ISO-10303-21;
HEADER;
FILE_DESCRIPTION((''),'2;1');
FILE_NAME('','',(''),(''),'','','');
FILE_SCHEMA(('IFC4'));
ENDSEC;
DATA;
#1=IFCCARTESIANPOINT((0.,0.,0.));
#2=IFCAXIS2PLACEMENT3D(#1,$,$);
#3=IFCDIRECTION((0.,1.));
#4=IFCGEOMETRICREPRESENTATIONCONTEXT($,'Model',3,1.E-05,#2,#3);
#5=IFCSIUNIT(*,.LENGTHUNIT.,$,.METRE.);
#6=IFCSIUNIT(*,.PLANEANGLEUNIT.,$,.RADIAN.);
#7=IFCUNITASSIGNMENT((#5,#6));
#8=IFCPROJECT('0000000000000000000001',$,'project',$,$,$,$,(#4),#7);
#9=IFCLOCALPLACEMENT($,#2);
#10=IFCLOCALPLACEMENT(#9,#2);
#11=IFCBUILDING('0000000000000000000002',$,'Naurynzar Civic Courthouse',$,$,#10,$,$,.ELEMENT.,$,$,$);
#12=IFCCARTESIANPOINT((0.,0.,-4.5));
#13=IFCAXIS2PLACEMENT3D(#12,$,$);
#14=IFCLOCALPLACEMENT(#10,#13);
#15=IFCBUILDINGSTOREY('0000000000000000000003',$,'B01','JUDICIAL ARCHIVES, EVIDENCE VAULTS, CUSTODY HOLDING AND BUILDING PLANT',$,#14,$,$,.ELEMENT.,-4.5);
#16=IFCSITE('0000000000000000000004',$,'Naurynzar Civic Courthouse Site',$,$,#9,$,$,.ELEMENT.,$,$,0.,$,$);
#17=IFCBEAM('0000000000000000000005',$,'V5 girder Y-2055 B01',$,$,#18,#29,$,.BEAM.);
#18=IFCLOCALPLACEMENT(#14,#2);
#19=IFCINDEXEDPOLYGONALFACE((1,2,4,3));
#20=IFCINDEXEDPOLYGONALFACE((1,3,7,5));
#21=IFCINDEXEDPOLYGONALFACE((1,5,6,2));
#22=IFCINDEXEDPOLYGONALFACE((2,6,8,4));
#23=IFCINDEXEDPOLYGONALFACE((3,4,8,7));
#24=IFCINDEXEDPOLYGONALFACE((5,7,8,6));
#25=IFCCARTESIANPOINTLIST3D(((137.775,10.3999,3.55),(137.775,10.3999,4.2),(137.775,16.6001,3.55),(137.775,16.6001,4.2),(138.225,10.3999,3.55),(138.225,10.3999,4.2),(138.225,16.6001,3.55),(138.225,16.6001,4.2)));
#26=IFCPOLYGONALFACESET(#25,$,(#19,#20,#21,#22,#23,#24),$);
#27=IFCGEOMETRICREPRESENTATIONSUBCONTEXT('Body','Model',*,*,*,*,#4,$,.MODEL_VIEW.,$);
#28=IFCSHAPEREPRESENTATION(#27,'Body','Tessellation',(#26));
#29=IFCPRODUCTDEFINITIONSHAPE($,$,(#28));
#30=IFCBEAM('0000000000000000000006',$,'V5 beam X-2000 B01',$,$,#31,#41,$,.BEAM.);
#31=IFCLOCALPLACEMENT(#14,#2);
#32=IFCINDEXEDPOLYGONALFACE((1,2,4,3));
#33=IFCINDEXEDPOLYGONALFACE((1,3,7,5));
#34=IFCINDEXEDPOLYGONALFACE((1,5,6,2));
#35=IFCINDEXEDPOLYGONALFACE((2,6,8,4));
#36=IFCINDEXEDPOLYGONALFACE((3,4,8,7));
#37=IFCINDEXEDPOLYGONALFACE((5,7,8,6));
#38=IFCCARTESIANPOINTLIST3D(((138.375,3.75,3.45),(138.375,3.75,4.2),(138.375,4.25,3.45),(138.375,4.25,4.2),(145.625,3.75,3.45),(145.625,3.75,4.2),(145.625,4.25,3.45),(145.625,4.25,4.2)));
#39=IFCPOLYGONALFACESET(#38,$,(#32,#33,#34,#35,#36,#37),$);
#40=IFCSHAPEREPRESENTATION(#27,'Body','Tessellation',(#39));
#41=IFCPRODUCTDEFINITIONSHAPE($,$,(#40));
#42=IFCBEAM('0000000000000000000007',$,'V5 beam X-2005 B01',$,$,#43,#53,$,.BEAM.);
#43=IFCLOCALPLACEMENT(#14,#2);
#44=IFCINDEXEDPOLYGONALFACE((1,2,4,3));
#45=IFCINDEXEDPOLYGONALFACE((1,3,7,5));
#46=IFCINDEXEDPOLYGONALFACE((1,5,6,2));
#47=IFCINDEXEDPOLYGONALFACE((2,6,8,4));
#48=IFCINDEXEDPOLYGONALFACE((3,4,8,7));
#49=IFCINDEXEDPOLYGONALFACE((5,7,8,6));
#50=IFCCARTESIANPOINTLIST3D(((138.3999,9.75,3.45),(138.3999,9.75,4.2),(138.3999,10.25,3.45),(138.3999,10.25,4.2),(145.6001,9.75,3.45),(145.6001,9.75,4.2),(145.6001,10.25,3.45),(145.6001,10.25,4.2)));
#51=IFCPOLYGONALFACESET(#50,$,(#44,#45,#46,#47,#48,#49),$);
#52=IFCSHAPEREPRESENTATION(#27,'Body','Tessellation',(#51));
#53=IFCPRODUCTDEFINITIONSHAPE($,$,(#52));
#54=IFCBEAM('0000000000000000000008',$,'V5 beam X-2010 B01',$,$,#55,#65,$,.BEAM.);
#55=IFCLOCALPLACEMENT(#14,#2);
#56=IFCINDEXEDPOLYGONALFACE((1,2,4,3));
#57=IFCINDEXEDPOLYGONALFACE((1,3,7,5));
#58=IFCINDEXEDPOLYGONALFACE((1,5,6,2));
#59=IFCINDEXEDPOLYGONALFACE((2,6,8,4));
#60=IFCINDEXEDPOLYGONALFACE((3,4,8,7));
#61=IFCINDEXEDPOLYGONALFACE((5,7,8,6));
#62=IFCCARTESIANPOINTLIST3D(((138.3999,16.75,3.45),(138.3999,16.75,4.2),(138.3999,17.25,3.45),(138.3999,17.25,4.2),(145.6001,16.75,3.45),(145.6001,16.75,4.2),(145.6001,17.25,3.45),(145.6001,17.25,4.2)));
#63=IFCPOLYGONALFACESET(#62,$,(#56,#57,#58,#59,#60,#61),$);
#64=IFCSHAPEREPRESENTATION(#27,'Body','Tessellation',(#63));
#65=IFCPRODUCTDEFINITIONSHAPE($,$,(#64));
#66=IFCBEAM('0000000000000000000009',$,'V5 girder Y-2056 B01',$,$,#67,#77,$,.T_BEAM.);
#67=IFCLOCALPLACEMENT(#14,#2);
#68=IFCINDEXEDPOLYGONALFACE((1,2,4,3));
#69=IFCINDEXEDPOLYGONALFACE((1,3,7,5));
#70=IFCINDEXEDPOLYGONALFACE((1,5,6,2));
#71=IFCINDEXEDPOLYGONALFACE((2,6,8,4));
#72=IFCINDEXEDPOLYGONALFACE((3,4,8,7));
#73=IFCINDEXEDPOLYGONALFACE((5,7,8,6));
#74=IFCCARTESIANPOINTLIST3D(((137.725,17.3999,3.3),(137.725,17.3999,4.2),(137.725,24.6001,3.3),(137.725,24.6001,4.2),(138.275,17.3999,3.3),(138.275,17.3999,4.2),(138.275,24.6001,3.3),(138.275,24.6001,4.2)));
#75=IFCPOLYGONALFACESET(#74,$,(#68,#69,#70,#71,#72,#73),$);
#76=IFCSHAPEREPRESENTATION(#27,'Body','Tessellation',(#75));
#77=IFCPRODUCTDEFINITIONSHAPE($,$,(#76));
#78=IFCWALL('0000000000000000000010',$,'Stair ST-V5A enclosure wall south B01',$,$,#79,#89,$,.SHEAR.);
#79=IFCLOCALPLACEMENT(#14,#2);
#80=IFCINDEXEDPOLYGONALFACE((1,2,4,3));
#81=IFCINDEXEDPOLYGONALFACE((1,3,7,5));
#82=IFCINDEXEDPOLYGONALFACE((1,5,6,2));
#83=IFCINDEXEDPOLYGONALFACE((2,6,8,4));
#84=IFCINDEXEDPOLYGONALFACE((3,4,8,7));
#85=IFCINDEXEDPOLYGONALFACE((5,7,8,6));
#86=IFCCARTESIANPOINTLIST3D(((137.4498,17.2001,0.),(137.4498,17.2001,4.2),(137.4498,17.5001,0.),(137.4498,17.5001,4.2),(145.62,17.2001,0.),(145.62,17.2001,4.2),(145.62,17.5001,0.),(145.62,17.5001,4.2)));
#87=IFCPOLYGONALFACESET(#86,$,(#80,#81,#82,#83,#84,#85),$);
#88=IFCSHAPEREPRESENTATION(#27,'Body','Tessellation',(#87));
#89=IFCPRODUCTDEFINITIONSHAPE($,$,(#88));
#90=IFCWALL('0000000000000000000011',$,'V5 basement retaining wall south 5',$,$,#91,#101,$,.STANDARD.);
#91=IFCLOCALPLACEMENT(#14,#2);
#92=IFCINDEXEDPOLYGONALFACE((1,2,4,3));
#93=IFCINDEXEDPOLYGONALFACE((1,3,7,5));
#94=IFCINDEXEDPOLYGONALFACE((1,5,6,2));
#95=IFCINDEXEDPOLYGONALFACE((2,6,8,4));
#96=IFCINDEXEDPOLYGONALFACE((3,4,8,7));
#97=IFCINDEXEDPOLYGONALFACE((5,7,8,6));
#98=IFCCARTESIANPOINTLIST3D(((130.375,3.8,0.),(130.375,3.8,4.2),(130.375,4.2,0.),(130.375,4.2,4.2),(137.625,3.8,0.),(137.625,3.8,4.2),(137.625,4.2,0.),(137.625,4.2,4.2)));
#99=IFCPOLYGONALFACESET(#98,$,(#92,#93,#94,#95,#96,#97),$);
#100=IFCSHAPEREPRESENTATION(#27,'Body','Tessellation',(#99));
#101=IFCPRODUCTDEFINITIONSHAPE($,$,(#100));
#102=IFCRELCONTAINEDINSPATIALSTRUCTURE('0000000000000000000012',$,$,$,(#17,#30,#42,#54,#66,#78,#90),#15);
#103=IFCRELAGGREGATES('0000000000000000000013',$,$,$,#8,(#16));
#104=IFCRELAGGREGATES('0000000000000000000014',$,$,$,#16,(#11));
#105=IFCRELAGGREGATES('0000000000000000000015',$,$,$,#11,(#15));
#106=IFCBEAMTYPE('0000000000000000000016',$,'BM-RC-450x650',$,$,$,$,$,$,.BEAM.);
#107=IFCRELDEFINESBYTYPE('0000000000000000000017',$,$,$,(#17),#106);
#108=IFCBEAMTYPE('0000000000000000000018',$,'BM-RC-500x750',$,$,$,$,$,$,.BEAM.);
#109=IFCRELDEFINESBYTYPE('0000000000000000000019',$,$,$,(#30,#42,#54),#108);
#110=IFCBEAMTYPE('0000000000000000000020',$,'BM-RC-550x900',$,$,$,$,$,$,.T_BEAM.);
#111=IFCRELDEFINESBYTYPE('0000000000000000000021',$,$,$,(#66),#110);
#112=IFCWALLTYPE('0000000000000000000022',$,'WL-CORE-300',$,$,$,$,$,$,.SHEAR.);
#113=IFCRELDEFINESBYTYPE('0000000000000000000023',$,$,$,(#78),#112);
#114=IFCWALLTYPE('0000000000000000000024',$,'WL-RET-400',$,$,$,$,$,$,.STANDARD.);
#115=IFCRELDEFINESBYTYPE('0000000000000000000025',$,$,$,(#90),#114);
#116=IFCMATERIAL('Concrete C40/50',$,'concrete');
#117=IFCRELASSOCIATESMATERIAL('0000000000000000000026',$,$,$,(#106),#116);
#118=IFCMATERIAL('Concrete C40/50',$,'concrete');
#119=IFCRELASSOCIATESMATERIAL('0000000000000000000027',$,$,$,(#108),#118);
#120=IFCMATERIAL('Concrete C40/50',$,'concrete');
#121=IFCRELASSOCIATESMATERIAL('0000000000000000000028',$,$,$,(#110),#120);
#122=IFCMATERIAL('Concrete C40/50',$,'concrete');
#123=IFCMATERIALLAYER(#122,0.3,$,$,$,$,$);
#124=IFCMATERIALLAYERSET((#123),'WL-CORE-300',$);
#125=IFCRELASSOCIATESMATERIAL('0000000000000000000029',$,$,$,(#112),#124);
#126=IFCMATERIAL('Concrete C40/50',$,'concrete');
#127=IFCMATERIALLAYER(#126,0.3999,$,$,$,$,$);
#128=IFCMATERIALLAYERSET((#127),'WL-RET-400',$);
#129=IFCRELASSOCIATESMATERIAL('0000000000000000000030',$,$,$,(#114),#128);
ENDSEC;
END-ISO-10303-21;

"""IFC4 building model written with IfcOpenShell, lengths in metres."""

from ifc_helpers import new_model, si_unit, direction, frame, frame_2d, origin, origin_2d, place, context, subcontext, project, spatial, rectangle, extrude, material, layer, layer_set, material_profile, profile_set, type_object, element, save


model = new_model("IFC4")

# Units and contexts
model_context = context("Model", 3, precision=1e-05, world=origin(), true_north=direction((0.0, 1.0)))
body_context = subcontext(model_context, "Body", "Model", "MODEL_VIEW")
ifc_project = project(units=[si_unit("LENGTHUNIT", "METRE"), si_unit("PLANEANGLEUNIT", "RADIAN")], contexts=[model_context])

# Site, building, storey
site_placement = place(None, origin())
site = spatial("IfcSite", under=ifc_project, at=site_placement, Name="Naurynzar Civic Courthouse Site", CompositionType="ELEMENT", RefElevation=0.0)
building_placement = place(site_placement, origin())
building = spatial("IfcBuilding", under=site, at=building_placement, Name="Naurynzar Civic Courthouse", CompositionType="ELEMENT")
storey_placement = place(building_placement, frame((0.0, 0.0, -4.5)))
storey = spatial("IfcBuildingStorey", under=building, at=storey_placement, Name="B01", Description="JUDICIAL ARCHIVES, EVIDENCE VAULTS, CUSTODY HOLDING AND BUILDING PLANT", CompositionType="ELEMENT", Elevation=-4.5)

# Beams
ifc_material_1 = material(Name="Concrete C40/50", Category="concrete")
ifc_material_profile_1 = material_profile(ifc_material_1, rectangle(XDim=0.45, YDim=0.6499, at=origin_2d()), Name="RCB 450x650")
ifc_profile_set_1 = profile_set([ifc_material_profile_1], Name="Concrete C40/50")
beam_type_1 = type_object("IfcBeamType", Name="BM-RC-450x650", PredefinedType="BEAM", material=ifc_profile_set_1)
beam_1_placement = place(storey_placement, frame((138.0, 10.3999, 3.875), z_axis=(0.0, 1.0, 0.0), x_axis=(-1.0, 0.0, 0.0)))
element("IfcBeam", 1, at=beam_1_placement, inside=storey, type_object=beam_type_1, Name="V5 girder Y-2055 B01", PredefinedType="BEAM", context=body_context, shape_type="SweptSolid", body=[
    extrude(rectangle(XDim=0.45, YDim=0.6499, at=origin_2d()), origin(), (0.0, 0.0, 1.0), 6.2002),
])
ifc_material_2 = material(Name="Concrete C40/50", Category="concrete")
ifc_material_profile_2 = material_profile(ifc_material_2, rectangle(XDim=0.5, YDim=0.75, at=origin_2d()), Name="RCB 500x750")
ifc_profile_set_2 = profile_set([ifc_material_profile_2], Name="Concrete C40/50")
beam_type_2 = type_object("IfcBeamType", Name="BM-RC-500x750", PredefinedType="BEAM", material=ifc_profile_set_2)
beam_2_placement = place(storey_placement, frame((138.375, 4.0, 3.825), z_axis=(1.0, 0.0, 0.0), x_axis=(0.0, 1.0, 0.0)))
element("IfcBeam", 2, at=beam_2_placement, inside=storey, type_object=beam_type_2, Name="V5 beam X-2000 B01", PredefinedType="BEAM", context=body_context, shape_type="SweptSolid", body=[
    extrude(rectangle(XDim=0.5, YDim=0.75, at=origin_2d()), origin(), (0.0, 0.0, 1.0), 7.25),
])
for number, where, z_axis, x_axis, name in (
    (3, (138.3999, 10.0, 3.825), (1.0, 0.0, 0.0), (0.0, 1.0, 0.0), "V5 beam X-2005 B01"),
    (4, (138.3999, 17.0, 3.825), (1.0, 0.0, 0.0), (0.0, 1.0, 0.0), "V5 beam X-2010 B01"),
):
    element("IfcBeam", number, at=place(storey_placement, frame(where, z_axis=z_axis, x_axis=x_axis)), inside=storey, type_object=beam_type_2, Name=name, PredefinedType="BEAM", context=body_context, shape_type="SweptSolid", body=[
        extrude(rectangle(XDim=0.5, YDim=0.75, at=origin_2d()), origin(), (0.0, 0.0, 1.0), 7.2002),
    ])
ifc_material_3 = material(Name="Concrete C40/50", Category="concrete")
ifc_material_profile_3 = material_profile(ifc_material_3, rectangle(XDim=0.55, YDim=0.8999, at=origin_2d()), Name="RCB 550x900")
ifc_profile_set_3 = profile_set([ifc_material_profile_3], Name="Concrete C40/50")
beam_type_3 = type_object("IfcBeamType", Name="BM-RC-550x900", PredefinedType="T_BEAM", material=ifc_profile_set_3)
beam_3_placement = place(storey_placement, frame((138.0, 17.3999, 3.75), z_axis=(0.0, 1.0, 0.0), x_axis=(-1.0, 0.0, 0.0)))
element("IfcBeam", 5, at=beam_3_placement, inside=storey, type_object=beam_type_3, Name="V5 girder Y-2056 B01", PredefinedType="T_BEAM", context=body_context, shape_type="SweptSolid", body=[
    extrude(rectangle(XDim=0.55, YDim=0.8999, at=origin_2d()), origin(), (0.0, 0.0, 1.0), 7.2002),
])

# Walls
ifc_material_4 = material(Name="Concrete C40/50", Category="concrete")
ifc_layer_1 = layer(ifc_material_4, 0.3)
ifc_layer_set_1 = layer_set([ifc_layer_1], Name="WL-CORE-300")
wall_type_1 = type_object("IfcWallType", Name="WL-CORE-300", PredefinedType="SHEAR", material=ifc_layer_set_1)
wall_1_placement = place(storey_placement, frame((137.45, 17.3501, 0.0), z_axis=(0.0, 0.0, 1.0), x_axis=(1.0, 0.0, 0.0)))
element("IfcWall", 6, at=wall_1_placement, inside=storey, type_object=wall_type_1, Name="Stair ST-V5A enclosure wall south B01", PredefinedType="SHEAR", context=body_context, shape_type="SweptSolid", body=[
    extrude(rectangle(XDim=8.1702, YDim=0.3, at=frame_2d((4.085, 0.0))), origin(), (0.0, 0.0, 1.0), 4.2),
])
ifc_material_5 = material(Name="Concrete C40/50", Category="concrete")
ifc_layer_2 = layer(ifc_material_5, 0.3999)
ifc_layer_set_2 = layer_set([ifc_layer_2], Name="WL-RET-400")
wall_type_2 = type_object("IfcWallType", Name="WL-RET-400", PredefinedType="STANDARD", material=ifc_layer_set_2)
wall_2_placement = place(storey_placement, frame((137.625, 4.0, 0.0), z_axis=(0.0, 0.0, 1.0), x_axis=(-1.0, 0.0, 0.0)))
element("IfcWall", 7, at=wall_2_placement, inside=storey, type_object=wall_type_2, Name="V5 basement retaining wall south 5", PredefinedType="STANDARD", context=body_context, shape_type="SweptSolid", body=[
    extrude(rectangle(XDim=7.25, YDim=0.3999, at=frame_2d((3.625, 0.0))), origin(), (0.0, 0.0, 1.0), 4.2),
])

save(model, "model.ifc")
